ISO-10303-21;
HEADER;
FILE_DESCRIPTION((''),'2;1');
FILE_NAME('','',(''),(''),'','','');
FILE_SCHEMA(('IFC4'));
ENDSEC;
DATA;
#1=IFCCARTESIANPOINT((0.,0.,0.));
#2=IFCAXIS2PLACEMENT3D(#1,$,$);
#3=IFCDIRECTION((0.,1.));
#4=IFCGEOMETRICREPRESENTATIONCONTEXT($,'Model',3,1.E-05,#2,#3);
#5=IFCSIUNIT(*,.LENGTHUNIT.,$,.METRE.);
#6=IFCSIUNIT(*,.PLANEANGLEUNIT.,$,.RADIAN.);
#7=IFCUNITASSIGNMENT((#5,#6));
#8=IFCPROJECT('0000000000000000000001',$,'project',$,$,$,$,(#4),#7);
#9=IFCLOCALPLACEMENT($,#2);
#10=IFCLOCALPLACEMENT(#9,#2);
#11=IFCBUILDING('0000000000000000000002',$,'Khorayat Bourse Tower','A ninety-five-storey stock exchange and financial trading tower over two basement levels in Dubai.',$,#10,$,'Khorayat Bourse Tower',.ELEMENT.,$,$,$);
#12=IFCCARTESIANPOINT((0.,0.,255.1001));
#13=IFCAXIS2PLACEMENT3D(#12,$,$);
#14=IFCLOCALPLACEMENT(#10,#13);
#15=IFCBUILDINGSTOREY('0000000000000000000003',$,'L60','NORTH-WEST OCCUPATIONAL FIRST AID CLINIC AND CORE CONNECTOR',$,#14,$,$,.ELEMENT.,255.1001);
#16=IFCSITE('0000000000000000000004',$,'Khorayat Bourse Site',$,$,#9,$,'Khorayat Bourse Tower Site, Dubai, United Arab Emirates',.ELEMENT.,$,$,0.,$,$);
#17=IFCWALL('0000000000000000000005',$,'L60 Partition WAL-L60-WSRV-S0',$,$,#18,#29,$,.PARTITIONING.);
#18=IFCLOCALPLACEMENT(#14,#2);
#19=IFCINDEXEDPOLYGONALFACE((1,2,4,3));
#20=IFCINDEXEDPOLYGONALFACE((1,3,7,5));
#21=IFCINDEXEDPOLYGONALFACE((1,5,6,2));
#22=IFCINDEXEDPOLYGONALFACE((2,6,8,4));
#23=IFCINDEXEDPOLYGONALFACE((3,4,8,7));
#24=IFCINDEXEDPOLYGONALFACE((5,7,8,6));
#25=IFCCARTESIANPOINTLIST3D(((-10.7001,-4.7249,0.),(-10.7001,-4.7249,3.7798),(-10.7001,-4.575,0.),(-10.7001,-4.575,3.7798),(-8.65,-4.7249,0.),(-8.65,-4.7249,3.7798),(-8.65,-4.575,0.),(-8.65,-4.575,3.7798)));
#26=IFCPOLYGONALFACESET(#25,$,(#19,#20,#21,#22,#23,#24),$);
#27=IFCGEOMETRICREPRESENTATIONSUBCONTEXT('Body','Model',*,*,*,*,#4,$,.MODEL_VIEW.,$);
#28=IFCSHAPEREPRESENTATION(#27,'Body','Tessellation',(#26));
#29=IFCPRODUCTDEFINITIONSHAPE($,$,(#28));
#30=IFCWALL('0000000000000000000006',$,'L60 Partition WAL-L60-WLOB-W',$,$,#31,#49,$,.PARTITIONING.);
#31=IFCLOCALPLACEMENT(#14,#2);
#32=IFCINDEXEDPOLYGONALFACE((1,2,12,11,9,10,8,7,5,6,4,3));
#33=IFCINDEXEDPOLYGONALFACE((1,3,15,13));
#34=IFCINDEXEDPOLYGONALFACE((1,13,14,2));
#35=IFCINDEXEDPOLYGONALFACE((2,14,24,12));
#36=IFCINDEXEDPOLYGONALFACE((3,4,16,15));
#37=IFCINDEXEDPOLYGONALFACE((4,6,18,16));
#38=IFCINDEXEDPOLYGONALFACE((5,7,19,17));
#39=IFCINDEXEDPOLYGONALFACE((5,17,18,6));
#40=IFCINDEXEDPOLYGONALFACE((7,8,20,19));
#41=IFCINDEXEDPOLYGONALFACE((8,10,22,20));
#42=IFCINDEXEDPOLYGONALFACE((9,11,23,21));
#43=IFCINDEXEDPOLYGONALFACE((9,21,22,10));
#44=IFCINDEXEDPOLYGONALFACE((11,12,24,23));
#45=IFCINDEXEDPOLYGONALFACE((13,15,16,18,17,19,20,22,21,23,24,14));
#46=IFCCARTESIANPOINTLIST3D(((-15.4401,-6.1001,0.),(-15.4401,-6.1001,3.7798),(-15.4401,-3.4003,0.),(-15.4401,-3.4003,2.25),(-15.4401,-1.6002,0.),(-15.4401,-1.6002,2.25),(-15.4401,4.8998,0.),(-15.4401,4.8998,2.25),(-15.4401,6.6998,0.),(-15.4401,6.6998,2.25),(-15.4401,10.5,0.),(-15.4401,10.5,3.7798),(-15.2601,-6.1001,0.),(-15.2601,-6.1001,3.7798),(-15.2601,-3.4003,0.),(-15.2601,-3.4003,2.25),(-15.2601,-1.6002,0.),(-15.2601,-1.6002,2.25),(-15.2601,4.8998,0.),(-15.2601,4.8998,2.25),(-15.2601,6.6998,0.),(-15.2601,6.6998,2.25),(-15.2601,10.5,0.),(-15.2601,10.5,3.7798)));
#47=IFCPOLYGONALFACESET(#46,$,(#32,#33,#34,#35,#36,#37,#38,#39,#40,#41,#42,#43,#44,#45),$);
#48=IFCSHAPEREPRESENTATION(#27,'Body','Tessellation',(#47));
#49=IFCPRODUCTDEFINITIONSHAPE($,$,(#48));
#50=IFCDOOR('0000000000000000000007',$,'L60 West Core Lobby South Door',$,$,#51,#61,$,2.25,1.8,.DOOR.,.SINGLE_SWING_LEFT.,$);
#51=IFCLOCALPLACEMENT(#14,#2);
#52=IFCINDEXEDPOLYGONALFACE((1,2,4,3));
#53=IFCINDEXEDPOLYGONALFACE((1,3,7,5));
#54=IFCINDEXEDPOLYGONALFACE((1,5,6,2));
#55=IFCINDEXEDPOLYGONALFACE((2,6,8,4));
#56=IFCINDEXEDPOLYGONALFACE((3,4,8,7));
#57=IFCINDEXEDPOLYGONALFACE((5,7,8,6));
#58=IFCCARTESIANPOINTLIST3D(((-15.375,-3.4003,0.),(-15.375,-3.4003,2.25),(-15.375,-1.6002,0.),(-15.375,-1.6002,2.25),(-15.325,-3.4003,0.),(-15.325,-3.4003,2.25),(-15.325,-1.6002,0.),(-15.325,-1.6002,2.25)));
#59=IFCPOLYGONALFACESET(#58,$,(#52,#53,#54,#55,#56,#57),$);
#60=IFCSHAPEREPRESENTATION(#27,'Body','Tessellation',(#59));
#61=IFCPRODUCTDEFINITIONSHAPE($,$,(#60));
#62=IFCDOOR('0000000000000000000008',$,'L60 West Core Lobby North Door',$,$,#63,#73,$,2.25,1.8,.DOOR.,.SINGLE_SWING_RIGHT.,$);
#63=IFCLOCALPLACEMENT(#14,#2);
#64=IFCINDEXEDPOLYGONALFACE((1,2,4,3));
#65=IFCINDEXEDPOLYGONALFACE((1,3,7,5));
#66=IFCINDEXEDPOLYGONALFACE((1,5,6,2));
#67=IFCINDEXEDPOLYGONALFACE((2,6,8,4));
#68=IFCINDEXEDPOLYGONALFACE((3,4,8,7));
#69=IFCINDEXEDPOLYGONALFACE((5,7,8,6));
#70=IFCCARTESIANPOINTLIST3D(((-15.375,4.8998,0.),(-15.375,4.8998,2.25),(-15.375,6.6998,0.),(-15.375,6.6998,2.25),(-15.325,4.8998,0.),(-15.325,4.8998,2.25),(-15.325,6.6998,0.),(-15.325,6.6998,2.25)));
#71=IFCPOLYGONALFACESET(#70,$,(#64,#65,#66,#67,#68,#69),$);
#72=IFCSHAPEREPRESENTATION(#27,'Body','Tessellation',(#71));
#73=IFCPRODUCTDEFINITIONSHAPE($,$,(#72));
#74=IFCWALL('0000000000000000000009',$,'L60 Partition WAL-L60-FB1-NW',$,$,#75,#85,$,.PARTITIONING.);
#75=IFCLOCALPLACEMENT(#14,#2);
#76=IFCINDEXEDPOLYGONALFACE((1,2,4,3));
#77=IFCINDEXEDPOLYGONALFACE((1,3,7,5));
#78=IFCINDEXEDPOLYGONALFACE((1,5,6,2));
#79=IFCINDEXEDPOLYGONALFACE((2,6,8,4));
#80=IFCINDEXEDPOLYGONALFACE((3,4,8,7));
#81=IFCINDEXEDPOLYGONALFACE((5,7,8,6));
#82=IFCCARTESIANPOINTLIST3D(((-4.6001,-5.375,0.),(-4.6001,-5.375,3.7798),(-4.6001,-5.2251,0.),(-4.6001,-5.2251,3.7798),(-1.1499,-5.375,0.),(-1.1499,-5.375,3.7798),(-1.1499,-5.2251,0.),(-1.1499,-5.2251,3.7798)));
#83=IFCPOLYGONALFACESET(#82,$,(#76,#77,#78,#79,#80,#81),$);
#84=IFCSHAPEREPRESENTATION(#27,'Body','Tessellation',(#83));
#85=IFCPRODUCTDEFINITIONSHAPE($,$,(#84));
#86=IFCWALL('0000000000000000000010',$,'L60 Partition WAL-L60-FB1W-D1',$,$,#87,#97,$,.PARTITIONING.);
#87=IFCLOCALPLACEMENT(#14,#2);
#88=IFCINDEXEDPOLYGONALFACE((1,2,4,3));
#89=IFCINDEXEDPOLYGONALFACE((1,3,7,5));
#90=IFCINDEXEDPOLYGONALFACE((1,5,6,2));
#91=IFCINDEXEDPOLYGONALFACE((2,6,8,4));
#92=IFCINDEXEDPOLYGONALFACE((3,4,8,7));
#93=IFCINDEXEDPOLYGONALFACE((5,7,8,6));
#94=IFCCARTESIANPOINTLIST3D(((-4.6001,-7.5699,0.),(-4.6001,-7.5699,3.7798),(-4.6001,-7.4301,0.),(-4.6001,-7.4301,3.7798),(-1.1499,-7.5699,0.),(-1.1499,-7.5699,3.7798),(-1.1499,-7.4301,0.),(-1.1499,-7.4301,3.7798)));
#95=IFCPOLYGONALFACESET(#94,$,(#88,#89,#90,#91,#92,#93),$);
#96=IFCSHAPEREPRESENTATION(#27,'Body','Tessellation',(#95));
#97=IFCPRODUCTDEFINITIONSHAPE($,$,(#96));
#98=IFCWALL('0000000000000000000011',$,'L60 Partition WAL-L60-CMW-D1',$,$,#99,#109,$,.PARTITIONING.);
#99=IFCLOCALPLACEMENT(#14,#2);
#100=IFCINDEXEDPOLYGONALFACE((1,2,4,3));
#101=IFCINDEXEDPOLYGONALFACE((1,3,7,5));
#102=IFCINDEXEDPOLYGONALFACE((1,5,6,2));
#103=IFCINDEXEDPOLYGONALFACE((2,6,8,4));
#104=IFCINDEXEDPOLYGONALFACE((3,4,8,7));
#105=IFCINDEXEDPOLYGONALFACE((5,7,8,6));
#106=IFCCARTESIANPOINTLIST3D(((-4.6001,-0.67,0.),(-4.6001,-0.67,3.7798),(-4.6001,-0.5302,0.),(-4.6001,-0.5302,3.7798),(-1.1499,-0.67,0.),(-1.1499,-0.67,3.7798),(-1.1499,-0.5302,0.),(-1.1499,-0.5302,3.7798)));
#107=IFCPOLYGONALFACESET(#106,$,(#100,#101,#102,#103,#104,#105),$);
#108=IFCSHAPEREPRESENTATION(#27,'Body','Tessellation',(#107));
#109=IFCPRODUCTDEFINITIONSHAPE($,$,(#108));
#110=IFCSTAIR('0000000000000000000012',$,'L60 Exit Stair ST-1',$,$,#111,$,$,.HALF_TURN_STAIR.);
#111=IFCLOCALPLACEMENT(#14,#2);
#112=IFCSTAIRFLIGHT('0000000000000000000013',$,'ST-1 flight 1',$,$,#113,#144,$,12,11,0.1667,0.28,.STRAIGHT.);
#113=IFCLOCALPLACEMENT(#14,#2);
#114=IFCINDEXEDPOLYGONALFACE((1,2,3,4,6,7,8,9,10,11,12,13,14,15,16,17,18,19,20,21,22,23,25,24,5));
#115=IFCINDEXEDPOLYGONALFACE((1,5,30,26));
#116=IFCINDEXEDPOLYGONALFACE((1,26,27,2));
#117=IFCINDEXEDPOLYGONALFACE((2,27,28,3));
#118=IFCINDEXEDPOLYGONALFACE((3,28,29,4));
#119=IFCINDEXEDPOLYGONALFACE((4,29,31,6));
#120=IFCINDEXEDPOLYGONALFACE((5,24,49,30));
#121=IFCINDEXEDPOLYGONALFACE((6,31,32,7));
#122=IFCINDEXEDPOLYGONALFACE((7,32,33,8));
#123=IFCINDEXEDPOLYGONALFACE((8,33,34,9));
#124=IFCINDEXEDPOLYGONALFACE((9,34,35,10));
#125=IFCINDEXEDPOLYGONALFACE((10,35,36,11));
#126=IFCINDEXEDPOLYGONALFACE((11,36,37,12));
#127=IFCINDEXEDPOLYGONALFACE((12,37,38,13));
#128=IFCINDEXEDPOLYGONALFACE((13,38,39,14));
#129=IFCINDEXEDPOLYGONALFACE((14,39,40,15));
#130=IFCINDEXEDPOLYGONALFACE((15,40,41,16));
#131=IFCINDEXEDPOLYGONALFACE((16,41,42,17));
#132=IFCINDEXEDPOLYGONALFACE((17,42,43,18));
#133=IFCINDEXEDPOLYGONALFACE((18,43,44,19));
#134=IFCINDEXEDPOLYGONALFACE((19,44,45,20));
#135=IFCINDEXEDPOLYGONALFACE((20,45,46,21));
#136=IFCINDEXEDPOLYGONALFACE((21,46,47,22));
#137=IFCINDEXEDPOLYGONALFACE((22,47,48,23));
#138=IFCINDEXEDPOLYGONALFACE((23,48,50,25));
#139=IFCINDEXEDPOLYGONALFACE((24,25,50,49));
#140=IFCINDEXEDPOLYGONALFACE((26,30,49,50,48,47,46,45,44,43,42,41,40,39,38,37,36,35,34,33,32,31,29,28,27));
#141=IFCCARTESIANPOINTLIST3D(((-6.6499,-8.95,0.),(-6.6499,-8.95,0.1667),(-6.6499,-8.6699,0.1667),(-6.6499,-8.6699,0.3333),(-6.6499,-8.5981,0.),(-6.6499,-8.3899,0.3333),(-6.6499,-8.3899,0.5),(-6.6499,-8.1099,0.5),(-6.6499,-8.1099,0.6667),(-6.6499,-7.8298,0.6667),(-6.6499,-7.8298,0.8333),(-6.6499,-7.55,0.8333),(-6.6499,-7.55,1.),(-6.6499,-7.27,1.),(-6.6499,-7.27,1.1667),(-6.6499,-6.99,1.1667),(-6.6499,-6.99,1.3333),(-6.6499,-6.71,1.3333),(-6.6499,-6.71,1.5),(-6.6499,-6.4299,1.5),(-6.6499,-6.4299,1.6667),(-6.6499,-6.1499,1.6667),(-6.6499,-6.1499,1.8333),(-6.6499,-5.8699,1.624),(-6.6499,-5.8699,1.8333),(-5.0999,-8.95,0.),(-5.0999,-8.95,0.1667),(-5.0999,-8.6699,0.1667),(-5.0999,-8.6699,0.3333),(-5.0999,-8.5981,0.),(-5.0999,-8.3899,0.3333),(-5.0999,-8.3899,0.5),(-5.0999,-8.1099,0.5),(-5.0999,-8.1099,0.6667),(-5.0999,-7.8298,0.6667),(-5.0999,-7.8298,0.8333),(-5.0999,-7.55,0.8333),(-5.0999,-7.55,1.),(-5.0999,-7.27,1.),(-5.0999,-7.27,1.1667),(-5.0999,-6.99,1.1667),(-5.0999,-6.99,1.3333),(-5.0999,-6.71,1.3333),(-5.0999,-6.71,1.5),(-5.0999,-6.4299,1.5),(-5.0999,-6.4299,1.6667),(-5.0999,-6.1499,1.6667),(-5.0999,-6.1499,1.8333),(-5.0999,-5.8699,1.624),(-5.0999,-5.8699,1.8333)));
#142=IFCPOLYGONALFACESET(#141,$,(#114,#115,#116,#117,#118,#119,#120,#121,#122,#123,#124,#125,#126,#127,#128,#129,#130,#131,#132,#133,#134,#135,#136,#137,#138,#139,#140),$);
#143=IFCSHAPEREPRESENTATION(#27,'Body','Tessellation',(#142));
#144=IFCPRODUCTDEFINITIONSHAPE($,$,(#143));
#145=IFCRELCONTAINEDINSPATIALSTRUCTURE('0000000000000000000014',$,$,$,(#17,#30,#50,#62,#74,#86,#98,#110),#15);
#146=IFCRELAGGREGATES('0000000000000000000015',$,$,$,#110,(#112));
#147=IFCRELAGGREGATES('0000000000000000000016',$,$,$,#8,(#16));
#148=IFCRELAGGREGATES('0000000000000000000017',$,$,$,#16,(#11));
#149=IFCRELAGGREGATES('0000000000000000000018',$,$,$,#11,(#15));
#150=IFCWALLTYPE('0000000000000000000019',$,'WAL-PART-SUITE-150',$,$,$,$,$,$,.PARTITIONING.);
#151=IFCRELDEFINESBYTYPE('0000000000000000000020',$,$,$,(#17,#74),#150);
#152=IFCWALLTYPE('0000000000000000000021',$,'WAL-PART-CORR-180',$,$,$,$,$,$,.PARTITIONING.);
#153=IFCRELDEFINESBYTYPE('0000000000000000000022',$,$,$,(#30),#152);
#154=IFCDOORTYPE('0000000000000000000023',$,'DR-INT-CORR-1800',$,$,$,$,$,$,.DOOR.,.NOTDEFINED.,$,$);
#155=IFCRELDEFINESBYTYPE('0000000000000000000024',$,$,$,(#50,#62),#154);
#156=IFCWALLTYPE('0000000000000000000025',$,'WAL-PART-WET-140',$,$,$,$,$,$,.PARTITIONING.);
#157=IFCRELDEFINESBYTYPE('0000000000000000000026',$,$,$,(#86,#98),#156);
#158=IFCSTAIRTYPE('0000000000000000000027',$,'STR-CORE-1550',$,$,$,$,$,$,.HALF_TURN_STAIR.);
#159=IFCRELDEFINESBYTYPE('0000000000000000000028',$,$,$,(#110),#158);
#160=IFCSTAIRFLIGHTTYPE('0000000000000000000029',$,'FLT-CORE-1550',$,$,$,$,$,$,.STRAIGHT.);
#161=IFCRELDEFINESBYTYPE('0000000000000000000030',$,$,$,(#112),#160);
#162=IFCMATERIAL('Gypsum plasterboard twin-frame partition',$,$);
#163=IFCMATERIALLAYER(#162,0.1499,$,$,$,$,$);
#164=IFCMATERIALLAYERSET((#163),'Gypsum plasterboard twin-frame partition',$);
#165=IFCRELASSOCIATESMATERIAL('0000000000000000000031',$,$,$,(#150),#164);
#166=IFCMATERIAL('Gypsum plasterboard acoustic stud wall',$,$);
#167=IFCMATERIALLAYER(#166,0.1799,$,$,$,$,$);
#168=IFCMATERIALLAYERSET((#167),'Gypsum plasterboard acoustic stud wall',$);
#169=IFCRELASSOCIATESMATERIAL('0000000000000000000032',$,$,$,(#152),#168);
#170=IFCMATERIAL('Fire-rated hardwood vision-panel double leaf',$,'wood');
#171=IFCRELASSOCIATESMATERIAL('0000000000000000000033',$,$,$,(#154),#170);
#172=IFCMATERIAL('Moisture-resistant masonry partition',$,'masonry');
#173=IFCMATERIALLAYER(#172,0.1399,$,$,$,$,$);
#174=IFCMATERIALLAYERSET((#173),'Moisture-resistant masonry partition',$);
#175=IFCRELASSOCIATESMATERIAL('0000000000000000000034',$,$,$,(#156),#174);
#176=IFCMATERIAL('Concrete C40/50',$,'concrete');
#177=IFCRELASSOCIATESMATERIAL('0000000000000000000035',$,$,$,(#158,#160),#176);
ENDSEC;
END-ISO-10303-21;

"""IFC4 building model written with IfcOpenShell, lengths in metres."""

from ifc_helpers import new_model, si_unit, direction, frame, frame_2d, origin, place, context, subcontext, project, spatial, polyline, rectangle, outline, extrude, source, transform, mapped, material, layer, layer_set, type_object, element, fill, aggregate, save


model = new_model("IFC4")

# Units and contexts
model_context = context("Model", 3, precision=1e-05, world=origin(), true_north=direction((0.0, 1.0)))
body_context = subcontext(model_context, "Body", "Model", "MODEL_VIEW")
ifc_project = project(units=[si_unit("LENGTHUNIT", "METRE"), si_unit("PLANEANGLEUNIT", "RADIAN")], contexts=[model_context])

# Site, building, storey
site_placement = place(None, origin())
site = spatial("IfcSite", under=ifc_project, at=site_placement, Name="Khorayat Bourse Site", LongName="Khorayat Bourse Tower Site, Dubai, United Arab Emirates", CompositionType="ELEMENT", RefElevation=0.0)
building_placement = place(site_placement, origin())
building = spatial("IfcBuilding", under=site, at=building_placement, Name="Khorayat Bourse Tower", Description="A ninety-five-storey stock exchange and financial trading tower over two basement levels in Dubai.", LongName="Khorayat Bourse Tower", CompositionType="ELEMENT")
storey_placement = place(building_placement, frame((0.0, 0.0, 255.1001)))
storey = spatial("IfcBuildingStorey", under=building, at=storey_placement, Name="L60", Description="NORTH-WEST OCCUPATIONAL FIRST AID CLINIC AND CORE CONNECTOR", CompositionType="ELEMENT", Elevation=255.1001)

# Wall
ifc_material_1 = material(Name="Gypsum plasterboard twin-frame partition")
ifc_layer_1 = layer(ifc_material_1, 0.1499)
ifc_layer_set_1 = layer_set([ifc_layer_1], Name="Gypsum plasterboard twin-frame partition")
wall_type_1 = type_object("IfcWallType", Name="WAL-PART-SUITE-150", PredefinedType="PARTITIONING", material=ifc_layer_set_1)
shared_shape_1 = source(origin(), body_context, "Body", "SweptSolid", [
    extrude(rectangle(XDim=2.05, YDim=0.1499, at=frame_2d((1.0249, 0.0))), origin(), (0.0, 0.0, 1.0), 3.7798),
])
wall_1_placement = place(storey_placement, frame((-10.7, -4.6499, 0.0), z_axis=(0.0, 0.0, 1.0), x_axis=(1.0, 0.0, 0.0)))
element("IfcWall", 1, at=wall_1_placement, inside=storey, type_object=wall_type_1, Name="L60 Partition WAL-L60-WSRV-S0", PredefinedType="PARTITIONING", context=body_context, shape_type="MappedRepresentation", body=[
    mapped(shared_shape_1, transform((0.0, 0.0, 0.0), scale=1.0)),
])

# Wall, openings, doors
ifc_material_2 = material(Name="Gypsum plasterboard acoustic stud wall")
ifc_layer_2 = layer(ifc_material_2, 0.1799)
ifc_layer_set_2 = layer_set([ifc_layer_2], Name="Gypsum plasterboard acoustic stud wall")
wall_type_2 = type_object("IfcWallType", Name="WAL-PART-CORR-180", PredefinedType="PARTITIONING", material=ifc_layer_set_2)
shared_shape_2 = source(origin(), body_context, "Body", "SweptSolid", [
    extrude(rectangle(XDim=16.6001, YDim=0.1799, at=frame_2d((8.3, 0.0))), origin(), (0.0, 0.0, 1.0), 3.7798),
])
wall_2_placement = place(storey_placement, frame((-15.3501, -6.1001, 0.0), z_axis=(0.0, 0.0, 1.0), x_axis=(0.0, 1.0, 0.0)))
wall_2 = element("IfcWall", 2, at=wall_2_placement, inside=storey, type_object=wall_type_2, Name="L60 Partition WAL-L60-WLOB-W", PredefinedType="PARTITIONING", context=body_context, shape_type="MappedRepresentation", body=[
    mapped(shared_shape_2, transform((0.0, 0.0, 0.0), scale=1.0)),
])
shared_shape_3 = source(origin(), body_context, "Body", "SweptSolid", [
    extrude(rectangle(XDim=1.8, YDim=2.25, at=frame_2d((0.8999, 1.125))), frame((0.0, 0.0999, 0.0), z_axis=(0.0, -1.0, 0.0), x_axis=(1.0, 0.0, 0.0)), (0.0, 0.0, 1.0), 0.2),
])
opening_1_placement = place(wall_2_placement, frame((2.7, 0.0, 0.0)))
opening_1 = element("IfcOpeningElement", 3, at=opening_1_placement, cuts=wall_2, PredefinedType="OPENING", context=body_context, shape_type="MappedRepresentation", body=[
    mapped(shared_shape_3, transform((0.0, 0.0, 0.0), scale=1.0)),
])
opening_2_placement = place(wall_2_placement, frame((11.0, 0.0, 0.0)))
opening_2 = element("IfcOpeningElement", 4, at=opening_2_placement, cuts=wall_2, PredefinedType="OPENING", context=body_context, shape_type="MappedRepresentation", body=[
    mapped(shared_shape_3, transform((0.0, 0.0, 0.0), scale=1.0)),
])
ifc_material_3 = material(Name="Fire-rated hardwood vision-panel double leaf", Category="wood")
door_type_1 = type_object("IfcDoorType", Name="DR-INT-CORR-1800", OperationType="NOTDEFINED", PredefinedType="DOOR", material=ifc_material_3)
shared_shape_4 = source(origin(), body_context, "Body", "SweptSolid", [
    extrude(rectangle(XDim=1.8, YDim=2.25, at=frame_2d((0.8999, 1.125))), frame((0.0, 0.0249, 0.0), z_axis=(0.0, -1.0, 0.0), x_axis=(1.0, 0.0, 0.0)), (0.0, 0.0, 1.0), 0.05),
])
door_1_placement = place(opening_1_placement, origin())
door_1 = element("IfcDoor", 5, at=door_1_placement, inside=storey, type_object=door_type_1, Name="L60 West Core Lobby South Door", OperationType="SINGLE_SWING_LEFT", OverallHeight=2.25, OverallWidth=1.8, PredefinedType="DOOR", context=body_context, shape_type="MappedRepresentation", body=[
    mapped(shared_shape_4, transform((0.0, 0.0, 0.0), scale=1.0)),
])
fill(opening_1, door_1)
door_2_placement = place(opening_2_placement, origin())
door_2 = element("IfcDoor", 6, at=door_2_placement, inside=storey, type_object=door_type_1, Name="L60 West Core Lobby North Door", OperationType="SINGLE_SWING_RIGHT", OverallHeight=2.25, OverallWidth=1.8, PredefinedType="DOOR", context=body_context, shape_type="MappedRepresentation", body=[
    mapped(shared_shape_4, transform((0.0, 0.0, 0.0), scale=1.0)),
])
fill(opening_2, door_2)

# Walls
shared_shape_5 = source(origin(), body_context, "Body", "SweptSolid", [
    extrude(rectangle(XDim=3.4502, YDim=0.1499, at=frame_2d((1.7251, 0.0))), origin(), (0.0, 0.0, 1.0), 3.7798),
])
wall_3_placement = place(storey_placement, frame((-4.6001, -5.3, 0.0), z_axis=(0.0, 0.0, 1.0), x_axis=(1.0, 0.0, 0.0)))
element("IfcWall", 7, at=wall_3_placement, inside=storey, type_object=wall_type_1, Name="L60 Partition WAL-L60-FB1-NW", PredefinedType="PARTITIONING", context=body_context, shape_type="MappedRepresentation", body=[
    mapped(shared_shape_5, transform((0.0, 0.0, 0.0), scale=1.0)),
])
ifc_material_4 = material(Name="Moisture-resistant masonry partition", Category="masonry")
ifc_layer_3 = layer(ifc_material_4, 0.1399)
ifc_layer_set_3 = layer_set([ifc_layer_3], Name="Moisture-resistant masonry partition")
wall_type_3 = type_object("IfcWallType", Name="WAL-PART-WET-140", PredefinedType="PARTITIONING", material=ifc_layer_set_3)
shared_shape_6 = source(origin(), body_context, "Body", "SweptSolid", [
    extrude(rectangle(XDim=3.4502, YDim=0.1399, at=frame_2d((1.7251, 0.0))), origin(), (0.0, 0.0, 1.0), 3.7798),
])
for number, where, z_axis, x_axis, name in (
    (8, (-4.6001, -7.5, 0.0), (0.0, 0.0, 1.0), (1.0, 0.0, 0.0), "L60 Partition WAL-L60-FB1W-D1"),
    (9, (-4.6001, -0.6001, 0.0), (0.0, 0.0, 1.0), (1.0, 0.0, 0.0), "L60 Partition WAL-L60-CMW-D1"),
):
    element("IfcWall", number, at=place(storey_placement, frame(where, z_axis=z_axis, x_axis=x_axis)), inside=storey, type_object=wall_type_3, Name=name, PredefinedType="PARTITIONING", context=body_context, shape_type="MappedRepresentation", body=[
        mapped(shared_shape_6, transform((0.0, 0.0, 0.0), scale=1.0)),
    ])

# Stair, stair flight
ifc_material_5 = material(Name="Concrete C40/50", Category="concrete")
stair_type = type_object("IfcStairType", Name="STR-CORE-1550", PredefinedType="HALF_TURN_STAIR", material=ifc_material_5)
stair_placement = place(storey_placement, origin())
stair = element("IfcStair", 10, at=stair_placement, inside=storey, type_object=stair_type, Name="L60 Exit Stair ST-1", PredefinedType="HALF_TURN_STAIR")
stair_flight_type = type_object("IfcStairFlightType", Name="FLT-CORE-1550", PredefinedType="STRAIGHT", material=ifc_material_5)
shared_shape_7 = source(origin(), body_context, "Body", "SweptSolid", [
    extrude(outline(polyline([(0.0, 0.0), (0.0, 0.1667), (0.28, 0.1667), (0.28, 0.3333), (0.5601, 0.3333), (0.5601, 0.5), (0.8401, 0.5), (0.8401, 0.6667), (1.1201, 0.6667), (1.1201, 0.8333), (1.3999, 0.8333), (1.3999, 1.0), (1.6799, 1.0), (1.6799, 1.1667), (1.96, 1.1667), (1.96, 1.3333), (2.24, 1.3333), (2.24, 1.5), (2.52, 1.5), (2.52, 1.6667), (2.8, 1.6667), (2.8, 1.8333), (3.0801, 1.8333), (3.0801, 2.0), (3.0801, 1.624), (0.3518, 0.0), (0.0, 0.0)])), frame((0.0, 0.7749, 0.0), z_axis=(0.0, -1.0, 0.0), x_axis=(1.0, 0.0, 0.0)), (0.0, 0.0, 1.0), 1.55),
])
stair_flight_1_placement = place(storey_placement, frame((-5.875, -8.95, 0.0), z_axis=(0.0, 0.0, 1.0), x_axis=(0.0, 1.0, 0.0)))
stair_flight_1 = element("IfcStairFlight", 11, at=stair_flight_1_placement, type_object=stair_flight_type, Name="ST-1 flight 1", NumberOfRisers=12, NumberOfTreads=11, PredefinedType="STRAIGHT", RiserHeight=0.1667, TreadLength=0.28, context=body_context, shape_type="MappedRepresentation", body=[
    mapped(shared_shape_7, transform((0.0, 0.0, 0.0), scale=1.0)),
])
aggregate(stair, [stair_flight_1])

save(model, "model.ifc")
